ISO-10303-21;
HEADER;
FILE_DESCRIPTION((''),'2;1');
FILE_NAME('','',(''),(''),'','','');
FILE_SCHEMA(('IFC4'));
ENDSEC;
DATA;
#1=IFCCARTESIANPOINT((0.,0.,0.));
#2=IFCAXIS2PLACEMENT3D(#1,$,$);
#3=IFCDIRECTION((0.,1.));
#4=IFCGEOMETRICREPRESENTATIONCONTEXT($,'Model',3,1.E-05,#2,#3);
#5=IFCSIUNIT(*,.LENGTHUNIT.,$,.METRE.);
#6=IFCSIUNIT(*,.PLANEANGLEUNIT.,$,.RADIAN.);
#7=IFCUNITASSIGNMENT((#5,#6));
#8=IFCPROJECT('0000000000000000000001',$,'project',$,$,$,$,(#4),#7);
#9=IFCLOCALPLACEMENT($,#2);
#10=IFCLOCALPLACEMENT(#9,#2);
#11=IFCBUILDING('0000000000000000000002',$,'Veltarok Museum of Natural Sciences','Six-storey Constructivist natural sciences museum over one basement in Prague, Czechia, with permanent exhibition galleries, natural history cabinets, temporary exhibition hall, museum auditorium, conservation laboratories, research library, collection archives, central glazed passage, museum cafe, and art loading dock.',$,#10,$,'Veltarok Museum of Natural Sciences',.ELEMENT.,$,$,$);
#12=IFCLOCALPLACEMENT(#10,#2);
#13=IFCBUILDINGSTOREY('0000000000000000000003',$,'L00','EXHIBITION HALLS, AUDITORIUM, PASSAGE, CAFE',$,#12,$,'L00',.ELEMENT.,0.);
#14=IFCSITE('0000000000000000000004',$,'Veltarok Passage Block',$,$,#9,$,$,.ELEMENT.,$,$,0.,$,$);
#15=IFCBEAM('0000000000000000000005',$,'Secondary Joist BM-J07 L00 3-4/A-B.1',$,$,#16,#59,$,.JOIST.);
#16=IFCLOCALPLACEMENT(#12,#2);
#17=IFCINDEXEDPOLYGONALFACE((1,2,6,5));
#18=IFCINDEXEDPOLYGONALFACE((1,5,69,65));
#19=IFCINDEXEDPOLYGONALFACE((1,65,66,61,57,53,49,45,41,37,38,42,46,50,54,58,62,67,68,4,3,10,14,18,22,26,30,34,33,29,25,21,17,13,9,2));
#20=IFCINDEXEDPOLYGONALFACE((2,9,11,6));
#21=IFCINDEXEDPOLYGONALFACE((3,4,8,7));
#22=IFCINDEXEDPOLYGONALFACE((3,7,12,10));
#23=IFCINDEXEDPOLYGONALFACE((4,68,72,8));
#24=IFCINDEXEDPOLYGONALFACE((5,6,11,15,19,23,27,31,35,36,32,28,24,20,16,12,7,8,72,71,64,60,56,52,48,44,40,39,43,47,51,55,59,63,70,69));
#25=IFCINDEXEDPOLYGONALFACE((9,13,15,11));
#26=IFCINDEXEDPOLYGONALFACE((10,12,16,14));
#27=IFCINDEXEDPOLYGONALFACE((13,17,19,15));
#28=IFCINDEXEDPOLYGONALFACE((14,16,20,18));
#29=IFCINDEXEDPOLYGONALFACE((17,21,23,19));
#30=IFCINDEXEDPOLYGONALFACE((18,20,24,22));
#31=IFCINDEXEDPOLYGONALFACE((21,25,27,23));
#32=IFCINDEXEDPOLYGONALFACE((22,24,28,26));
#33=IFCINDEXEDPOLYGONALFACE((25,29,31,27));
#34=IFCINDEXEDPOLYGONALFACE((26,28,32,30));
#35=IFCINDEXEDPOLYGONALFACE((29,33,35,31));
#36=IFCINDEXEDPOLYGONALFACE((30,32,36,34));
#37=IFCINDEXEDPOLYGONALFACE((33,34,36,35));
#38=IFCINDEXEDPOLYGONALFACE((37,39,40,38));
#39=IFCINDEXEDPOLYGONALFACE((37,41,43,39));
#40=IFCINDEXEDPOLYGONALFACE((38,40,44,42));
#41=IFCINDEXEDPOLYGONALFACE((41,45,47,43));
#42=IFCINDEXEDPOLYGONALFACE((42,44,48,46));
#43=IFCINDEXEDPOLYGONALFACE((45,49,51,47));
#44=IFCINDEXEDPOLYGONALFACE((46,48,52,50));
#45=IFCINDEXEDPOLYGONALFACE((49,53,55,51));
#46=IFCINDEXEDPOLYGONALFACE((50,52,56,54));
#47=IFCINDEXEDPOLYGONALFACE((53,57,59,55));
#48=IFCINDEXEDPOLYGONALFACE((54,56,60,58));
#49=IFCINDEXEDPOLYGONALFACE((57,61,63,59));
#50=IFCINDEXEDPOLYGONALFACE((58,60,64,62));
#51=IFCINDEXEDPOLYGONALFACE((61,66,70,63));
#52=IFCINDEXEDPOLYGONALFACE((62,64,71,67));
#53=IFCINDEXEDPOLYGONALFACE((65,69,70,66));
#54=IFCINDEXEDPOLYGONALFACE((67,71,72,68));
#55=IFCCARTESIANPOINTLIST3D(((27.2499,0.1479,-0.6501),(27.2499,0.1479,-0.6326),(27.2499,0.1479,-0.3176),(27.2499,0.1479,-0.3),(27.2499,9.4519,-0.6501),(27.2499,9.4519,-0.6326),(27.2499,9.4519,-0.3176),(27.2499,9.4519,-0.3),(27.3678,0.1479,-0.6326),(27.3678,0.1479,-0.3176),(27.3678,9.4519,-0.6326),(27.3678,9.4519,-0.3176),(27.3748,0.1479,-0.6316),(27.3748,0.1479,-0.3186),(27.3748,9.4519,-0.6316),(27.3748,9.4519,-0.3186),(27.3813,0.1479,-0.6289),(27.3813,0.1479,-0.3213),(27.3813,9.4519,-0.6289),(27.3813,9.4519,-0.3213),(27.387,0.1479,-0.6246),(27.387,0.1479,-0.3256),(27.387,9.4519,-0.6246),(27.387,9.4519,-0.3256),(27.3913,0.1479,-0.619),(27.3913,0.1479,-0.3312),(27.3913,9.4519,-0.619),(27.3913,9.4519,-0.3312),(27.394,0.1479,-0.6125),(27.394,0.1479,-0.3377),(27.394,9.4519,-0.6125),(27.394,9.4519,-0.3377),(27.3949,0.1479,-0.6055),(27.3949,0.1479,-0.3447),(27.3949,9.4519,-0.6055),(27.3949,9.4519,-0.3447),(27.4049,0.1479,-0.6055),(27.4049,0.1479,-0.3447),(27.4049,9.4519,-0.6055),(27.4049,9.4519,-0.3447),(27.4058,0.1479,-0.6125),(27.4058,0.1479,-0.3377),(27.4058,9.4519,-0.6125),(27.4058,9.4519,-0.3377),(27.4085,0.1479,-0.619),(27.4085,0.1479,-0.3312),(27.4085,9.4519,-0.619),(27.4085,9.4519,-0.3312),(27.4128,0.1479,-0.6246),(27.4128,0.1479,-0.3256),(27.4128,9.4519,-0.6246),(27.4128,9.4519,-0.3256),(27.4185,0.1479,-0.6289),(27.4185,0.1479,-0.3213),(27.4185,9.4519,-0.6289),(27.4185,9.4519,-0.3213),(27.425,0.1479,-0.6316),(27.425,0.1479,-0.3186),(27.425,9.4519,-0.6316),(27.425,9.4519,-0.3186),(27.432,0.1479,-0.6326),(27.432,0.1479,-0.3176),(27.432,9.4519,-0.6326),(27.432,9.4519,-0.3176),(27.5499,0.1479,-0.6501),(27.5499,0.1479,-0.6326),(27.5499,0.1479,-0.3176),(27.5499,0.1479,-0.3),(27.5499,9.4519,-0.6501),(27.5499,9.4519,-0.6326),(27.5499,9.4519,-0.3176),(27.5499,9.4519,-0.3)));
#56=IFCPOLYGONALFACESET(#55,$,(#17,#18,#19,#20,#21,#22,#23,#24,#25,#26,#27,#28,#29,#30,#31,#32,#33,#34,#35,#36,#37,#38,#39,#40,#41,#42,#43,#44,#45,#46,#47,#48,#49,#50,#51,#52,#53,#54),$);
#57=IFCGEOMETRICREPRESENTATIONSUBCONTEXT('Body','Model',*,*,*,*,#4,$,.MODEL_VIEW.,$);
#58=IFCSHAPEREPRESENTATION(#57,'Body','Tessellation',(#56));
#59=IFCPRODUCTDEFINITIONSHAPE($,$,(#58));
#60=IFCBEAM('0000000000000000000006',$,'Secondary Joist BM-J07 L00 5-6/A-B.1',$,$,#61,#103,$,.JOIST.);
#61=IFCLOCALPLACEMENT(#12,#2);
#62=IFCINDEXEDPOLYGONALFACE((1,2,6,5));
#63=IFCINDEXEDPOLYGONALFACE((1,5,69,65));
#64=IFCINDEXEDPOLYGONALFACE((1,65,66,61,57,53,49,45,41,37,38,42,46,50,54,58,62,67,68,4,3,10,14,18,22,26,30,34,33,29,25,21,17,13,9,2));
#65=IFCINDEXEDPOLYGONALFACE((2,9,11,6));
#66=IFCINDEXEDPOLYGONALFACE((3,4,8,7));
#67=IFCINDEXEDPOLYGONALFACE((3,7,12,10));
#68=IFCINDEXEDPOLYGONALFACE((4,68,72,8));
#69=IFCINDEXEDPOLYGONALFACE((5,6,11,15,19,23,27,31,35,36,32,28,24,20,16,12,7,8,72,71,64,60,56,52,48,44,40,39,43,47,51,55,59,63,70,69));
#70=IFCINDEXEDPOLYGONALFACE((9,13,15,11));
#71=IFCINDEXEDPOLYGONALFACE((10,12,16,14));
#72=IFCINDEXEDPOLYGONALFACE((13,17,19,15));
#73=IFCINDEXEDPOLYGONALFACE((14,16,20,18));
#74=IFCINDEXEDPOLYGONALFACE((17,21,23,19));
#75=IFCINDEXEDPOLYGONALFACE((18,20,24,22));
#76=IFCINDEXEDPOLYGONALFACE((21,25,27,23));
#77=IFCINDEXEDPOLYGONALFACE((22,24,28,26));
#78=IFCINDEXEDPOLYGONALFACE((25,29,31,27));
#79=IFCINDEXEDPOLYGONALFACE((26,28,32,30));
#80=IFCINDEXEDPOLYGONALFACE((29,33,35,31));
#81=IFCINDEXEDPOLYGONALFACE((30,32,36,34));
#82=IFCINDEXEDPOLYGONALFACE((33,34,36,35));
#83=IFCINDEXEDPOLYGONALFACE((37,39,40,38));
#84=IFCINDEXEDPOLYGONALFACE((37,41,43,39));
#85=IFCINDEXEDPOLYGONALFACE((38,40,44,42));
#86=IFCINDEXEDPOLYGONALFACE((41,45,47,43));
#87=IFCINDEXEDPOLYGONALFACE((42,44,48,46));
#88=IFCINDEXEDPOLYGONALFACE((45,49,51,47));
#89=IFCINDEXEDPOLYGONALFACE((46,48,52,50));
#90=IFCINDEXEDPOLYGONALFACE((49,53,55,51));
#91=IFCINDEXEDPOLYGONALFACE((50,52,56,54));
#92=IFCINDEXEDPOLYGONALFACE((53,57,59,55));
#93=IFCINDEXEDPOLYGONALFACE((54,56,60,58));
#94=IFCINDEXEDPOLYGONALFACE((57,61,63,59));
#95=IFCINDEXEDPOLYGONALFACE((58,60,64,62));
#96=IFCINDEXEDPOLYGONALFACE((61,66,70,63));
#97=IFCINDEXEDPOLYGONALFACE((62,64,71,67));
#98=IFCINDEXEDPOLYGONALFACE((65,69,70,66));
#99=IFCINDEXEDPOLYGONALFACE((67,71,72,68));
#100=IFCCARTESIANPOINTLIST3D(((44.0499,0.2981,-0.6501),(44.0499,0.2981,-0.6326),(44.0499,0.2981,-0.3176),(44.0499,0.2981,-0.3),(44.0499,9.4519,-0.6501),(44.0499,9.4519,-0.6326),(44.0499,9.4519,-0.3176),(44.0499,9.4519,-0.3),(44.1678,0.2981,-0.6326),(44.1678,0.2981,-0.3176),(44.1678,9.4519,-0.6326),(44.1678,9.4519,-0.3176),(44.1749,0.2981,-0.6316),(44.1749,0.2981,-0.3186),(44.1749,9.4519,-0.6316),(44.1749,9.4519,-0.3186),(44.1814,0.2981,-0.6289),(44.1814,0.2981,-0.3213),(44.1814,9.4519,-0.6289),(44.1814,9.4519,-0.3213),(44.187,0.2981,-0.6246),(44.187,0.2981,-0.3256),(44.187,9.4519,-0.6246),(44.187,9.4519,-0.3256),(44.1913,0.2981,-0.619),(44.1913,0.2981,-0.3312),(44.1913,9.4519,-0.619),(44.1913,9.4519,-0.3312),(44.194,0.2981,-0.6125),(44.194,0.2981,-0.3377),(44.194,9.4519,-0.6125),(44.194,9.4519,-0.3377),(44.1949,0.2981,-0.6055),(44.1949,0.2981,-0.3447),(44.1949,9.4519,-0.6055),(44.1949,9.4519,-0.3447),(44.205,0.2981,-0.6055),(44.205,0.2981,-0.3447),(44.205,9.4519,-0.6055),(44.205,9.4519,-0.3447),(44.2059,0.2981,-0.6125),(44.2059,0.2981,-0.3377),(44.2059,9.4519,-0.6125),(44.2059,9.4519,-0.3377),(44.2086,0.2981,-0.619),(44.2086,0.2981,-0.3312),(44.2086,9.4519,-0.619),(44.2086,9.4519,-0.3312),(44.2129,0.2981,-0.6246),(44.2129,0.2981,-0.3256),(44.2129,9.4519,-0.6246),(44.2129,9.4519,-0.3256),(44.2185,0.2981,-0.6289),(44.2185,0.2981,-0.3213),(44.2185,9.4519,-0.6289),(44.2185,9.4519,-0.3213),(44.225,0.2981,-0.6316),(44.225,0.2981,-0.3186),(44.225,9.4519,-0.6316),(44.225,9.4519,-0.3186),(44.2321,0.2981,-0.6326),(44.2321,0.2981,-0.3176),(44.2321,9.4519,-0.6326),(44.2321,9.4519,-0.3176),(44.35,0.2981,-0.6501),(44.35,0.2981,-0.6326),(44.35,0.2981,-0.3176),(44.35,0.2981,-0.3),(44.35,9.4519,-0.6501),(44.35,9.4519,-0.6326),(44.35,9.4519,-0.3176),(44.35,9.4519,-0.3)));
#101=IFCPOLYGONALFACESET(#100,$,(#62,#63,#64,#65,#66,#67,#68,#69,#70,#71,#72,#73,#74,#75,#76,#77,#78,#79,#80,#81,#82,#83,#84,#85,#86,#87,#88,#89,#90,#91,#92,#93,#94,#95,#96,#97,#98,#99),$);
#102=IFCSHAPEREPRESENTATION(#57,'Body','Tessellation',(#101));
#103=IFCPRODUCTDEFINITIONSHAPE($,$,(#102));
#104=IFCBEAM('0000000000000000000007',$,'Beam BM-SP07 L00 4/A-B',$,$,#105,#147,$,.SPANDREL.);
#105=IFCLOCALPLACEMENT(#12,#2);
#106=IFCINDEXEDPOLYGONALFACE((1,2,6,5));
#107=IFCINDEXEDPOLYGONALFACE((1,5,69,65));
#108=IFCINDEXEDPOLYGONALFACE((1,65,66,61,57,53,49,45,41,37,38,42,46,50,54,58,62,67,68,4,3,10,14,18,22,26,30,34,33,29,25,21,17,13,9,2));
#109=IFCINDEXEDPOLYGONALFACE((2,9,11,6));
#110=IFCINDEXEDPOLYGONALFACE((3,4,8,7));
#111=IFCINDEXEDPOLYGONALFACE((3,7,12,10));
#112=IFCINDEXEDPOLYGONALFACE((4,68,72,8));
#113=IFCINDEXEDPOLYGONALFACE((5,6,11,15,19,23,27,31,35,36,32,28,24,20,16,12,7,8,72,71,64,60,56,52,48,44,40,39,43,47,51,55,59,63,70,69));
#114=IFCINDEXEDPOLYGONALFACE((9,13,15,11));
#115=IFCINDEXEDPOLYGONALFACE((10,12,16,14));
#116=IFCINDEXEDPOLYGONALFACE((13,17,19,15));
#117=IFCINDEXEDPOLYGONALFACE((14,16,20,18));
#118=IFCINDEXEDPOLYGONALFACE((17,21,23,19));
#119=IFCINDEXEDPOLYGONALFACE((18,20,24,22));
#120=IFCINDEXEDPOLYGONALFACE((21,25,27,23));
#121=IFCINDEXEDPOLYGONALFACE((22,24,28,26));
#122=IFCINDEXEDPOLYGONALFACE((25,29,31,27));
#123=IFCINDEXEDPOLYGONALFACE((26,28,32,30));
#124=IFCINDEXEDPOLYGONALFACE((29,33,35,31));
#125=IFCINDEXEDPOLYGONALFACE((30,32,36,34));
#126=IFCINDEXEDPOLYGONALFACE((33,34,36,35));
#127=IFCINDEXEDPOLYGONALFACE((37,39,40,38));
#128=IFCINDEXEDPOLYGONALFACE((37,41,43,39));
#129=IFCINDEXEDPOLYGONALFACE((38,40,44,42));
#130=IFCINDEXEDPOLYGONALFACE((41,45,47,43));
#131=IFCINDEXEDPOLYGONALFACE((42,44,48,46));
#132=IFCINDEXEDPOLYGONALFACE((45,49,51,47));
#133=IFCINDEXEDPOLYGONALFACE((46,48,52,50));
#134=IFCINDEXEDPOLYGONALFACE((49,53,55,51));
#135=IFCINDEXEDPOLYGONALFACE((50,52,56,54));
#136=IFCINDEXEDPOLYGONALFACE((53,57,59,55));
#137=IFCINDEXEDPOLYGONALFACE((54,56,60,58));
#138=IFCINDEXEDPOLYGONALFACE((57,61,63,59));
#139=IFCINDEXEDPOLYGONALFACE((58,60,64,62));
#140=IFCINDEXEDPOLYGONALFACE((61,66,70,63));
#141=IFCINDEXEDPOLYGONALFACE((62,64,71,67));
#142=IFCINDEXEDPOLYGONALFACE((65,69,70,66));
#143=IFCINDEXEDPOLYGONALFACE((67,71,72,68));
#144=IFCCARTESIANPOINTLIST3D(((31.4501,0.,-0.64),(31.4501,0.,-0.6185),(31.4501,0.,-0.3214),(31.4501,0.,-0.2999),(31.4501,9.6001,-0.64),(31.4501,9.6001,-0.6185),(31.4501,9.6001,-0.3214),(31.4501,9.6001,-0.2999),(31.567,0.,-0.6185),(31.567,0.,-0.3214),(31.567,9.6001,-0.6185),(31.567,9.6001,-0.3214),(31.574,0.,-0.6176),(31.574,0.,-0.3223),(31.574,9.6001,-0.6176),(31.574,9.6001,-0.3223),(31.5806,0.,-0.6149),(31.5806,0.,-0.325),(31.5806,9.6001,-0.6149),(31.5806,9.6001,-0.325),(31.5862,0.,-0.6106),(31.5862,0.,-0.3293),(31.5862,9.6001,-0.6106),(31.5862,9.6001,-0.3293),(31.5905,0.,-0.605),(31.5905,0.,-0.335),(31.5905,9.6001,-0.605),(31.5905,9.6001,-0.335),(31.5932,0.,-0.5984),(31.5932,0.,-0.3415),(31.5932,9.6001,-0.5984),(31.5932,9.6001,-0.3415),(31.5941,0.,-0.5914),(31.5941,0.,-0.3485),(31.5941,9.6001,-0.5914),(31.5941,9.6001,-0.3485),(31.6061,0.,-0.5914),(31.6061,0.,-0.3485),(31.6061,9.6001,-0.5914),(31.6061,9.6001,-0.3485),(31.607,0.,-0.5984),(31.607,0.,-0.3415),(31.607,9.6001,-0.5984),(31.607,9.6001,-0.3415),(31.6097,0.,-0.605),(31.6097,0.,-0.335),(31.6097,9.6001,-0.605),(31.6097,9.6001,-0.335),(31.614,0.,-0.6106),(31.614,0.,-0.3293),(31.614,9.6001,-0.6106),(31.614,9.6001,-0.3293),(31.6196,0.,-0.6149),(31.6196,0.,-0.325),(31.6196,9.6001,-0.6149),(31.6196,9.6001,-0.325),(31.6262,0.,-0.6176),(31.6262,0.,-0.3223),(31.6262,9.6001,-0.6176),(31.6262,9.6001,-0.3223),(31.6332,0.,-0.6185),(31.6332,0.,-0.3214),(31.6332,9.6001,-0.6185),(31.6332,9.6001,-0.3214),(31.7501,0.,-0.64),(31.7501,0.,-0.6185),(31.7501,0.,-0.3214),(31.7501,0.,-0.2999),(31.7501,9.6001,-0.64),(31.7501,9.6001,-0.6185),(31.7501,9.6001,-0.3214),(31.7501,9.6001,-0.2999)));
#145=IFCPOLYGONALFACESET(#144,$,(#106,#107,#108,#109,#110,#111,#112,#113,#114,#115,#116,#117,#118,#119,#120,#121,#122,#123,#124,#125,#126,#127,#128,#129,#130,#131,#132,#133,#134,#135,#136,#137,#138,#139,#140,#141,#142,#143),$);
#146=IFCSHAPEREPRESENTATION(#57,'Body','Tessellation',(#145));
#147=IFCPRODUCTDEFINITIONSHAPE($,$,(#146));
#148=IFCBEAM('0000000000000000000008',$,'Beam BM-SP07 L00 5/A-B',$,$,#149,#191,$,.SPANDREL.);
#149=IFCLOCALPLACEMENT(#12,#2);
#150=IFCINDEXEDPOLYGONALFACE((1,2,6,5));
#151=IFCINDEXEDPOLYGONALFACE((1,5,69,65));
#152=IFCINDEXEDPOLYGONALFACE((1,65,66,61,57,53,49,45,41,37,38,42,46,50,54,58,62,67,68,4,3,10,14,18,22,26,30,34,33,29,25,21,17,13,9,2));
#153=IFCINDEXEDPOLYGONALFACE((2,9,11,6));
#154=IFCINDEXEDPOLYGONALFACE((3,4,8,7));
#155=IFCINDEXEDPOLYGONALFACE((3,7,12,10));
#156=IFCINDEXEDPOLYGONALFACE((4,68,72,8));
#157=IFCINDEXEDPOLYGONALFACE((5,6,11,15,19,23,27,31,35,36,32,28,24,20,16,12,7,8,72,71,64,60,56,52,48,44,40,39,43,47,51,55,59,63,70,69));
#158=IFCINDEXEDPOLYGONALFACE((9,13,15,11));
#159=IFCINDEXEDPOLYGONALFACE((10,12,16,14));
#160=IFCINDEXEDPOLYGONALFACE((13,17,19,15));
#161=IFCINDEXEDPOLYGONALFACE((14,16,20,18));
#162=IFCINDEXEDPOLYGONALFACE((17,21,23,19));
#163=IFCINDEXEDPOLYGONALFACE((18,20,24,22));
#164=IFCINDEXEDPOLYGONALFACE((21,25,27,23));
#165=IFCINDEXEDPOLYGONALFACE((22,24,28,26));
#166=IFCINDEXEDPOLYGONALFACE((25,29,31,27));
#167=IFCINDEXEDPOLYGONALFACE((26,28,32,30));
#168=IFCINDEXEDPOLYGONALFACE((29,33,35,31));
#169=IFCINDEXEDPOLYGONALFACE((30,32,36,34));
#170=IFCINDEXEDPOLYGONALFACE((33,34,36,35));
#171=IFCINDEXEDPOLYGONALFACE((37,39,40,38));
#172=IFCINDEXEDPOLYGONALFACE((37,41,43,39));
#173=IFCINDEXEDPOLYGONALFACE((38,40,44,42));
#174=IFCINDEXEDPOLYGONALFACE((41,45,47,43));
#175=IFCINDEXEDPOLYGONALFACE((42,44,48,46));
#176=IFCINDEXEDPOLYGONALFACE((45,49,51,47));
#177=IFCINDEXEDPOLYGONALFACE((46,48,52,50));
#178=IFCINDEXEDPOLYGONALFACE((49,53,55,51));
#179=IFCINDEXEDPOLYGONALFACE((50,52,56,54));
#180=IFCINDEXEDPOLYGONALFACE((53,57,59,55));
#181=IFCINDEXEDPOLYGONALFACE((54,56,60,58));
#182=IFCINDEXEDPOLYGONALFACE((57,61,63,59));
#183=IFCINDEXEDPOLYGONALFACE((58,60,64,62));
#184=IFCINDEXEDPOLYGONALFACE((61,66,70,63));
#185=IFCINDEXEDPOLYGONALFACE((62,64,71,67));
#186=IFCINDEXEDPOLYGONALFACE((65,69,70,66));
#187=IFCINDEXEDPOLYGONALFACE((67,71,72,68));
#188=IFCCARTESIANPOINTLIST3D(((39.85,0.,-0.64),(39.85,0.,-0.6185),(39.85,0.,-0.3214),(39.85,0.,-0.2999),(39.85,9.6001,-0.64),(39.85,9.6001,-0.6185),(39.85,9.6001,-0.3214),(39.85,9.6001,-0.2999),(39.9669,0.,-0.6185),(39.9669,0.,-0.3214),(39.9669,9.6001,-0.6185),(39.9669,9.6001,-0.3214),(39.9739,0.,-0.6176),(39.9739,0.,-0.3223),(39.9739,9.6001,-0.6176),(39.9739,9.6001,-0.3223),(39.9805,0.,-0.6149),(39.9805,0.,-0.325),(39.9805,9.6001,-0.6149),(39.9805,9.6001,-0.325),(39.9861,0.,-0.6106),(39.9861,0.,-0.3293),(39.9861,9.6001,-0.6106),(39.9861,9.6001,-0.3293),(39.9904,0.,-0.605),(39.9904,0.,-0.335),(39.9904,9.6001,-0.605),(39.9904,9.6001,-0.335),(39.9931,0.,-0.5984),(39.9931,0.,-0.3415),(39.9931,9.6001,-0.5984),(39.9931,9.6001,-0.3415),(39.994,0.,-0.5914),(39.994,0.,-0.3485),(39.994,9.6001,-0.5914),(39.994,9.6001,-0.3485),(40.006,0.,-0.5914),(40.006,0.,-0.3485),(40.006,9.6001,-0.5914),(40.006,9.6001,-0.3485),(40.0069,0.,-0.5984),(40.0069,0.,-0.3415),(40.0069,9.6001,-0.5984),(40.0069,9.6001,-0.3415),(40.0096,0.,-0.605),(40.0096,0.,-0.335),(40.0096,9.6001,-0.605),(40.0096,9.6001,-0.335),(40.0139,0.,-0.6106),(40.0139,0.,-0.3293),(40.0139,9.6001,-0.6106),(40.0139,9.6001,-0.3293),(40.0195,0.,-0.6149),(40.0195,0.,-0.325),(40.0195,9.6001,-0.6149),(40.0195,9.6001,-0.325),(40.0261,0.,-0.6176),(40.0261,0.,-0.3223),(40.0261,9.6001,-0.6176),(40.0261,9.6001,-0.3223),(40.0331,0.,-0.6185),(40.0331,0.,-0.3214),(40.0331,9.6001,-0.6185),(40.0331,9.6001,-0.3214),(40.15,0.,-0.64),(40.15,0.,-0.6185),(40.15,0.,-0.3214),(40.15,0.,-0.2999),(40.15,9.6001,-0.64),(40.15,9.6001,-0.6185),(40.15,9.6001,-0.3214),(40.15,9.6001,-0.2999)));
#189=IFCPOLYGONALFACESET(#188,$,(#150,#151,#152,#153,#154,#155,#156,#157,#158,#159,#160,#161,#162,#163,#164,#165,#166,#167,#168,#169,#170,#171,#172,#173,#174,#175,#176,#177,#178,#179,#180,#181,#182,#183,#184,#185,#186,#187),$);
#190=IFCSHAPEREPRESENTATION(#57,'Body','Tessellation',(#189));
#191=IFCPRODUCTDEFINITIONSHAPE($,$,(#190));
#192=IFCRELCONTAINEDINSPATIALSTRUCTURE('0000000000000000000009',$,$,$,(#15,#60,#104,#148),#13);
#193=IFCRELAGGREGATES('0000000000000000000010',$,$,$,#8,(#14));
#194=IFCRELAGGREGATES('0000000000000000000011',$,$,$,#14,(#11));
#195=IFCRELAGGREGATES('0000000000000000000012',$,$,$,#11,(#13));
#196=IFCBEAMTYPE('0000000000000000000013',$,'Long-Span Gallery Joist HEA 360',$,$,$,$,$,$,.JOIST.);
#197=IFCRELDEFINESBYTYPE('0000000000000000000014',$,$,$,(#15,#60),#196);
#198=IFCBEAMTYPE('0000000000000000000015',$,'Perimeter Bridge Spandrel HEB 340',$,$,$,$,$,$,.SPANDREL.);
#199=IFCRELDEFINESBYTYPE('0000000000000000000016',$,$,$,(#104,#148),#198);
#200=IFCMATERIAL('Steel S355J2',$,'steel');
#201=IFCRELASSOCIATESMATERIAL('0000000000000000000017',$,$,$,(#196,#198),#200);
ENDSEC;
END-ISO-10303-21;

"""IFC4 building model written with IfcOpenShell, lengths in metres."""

from ifc_helpers import new_model, si_unit, direction, frame, origin, origin_2d, place, context, subcontext, project, spatial, i_section, extrude, material, material_profile, profile_set, type_object, element, save


model = new_model("IFC4")

# Units and contexts
model_context = context("Model", 3, precision=1e-05, world=origin(), true_north=direction((0.0, 1.0)))
body_context = subcontext(model_context, "Body", "Model", "MODEL_VIEW")
ifc_project = project(units=[si_unit("LENGTHUNIT", "METRE"), si_unit("PLANEANGLEUNIT", "RADIAN")], contexts=[model_context])

# Site, building, storey
site_placement = place(None, origin())
site = spatial("IfcSite", under=ifc_project, at=site_placement, Name="Veltarok Passage Block", CompositionType="ELEMENT", RefElevation=0.0)
building_placement = place(site_placement, origin())
building = spatial("IfcBuilding", under=site, at=building_placement, Name="Veltarok Museum of Natural Sciences", Description="Six-storey Constructivist natural sciences museum over one basement in Prague, Czechia, with permanent exhibition galleries, natural history cabinets, temporary exhibition hall, museum auditorium, conservation laboratories, research library, collection archives, central glazed passage, museum cafe, and art loading dock.", LongName="Veltarok Museum of Natural Sciences", CompositionType="ELEMENT")
storey_placement = place(building_placement, origin())
storey = spatial("IfcBuildingStorey", under=building, at=storey_placement, Name="L00", Description="EXHIBITION HALLS, AUDITORIUM, PASSAGE, CAFE", LongName="L00", CompositionType="ELEMENT", Elevation=0.0)

# Shared definitions
ifc_material_1 = material(Name="Steel S355J2", Category="steel")

# Beams
ifc_material_profile_1 = material_profile(ifc_material_1, i_section(OverallWidth=0.3, OverallDepth=0.3501, WebThickness=0.01, FlangeThickness=0.0176, FilletRadius=0.0271, at=origin_2d()), Name="HEA 360")
ifc_profile_set_1 = profile_set([ifc_material_profile_1], Name="Steel S355J2")
beam_type_1 = type_object("IfcBeamType", Name="Long-Span Gallery Joist HEA 360", PredefinedType="JOIST", material=ifc_profile_set_1)
beam_1_placement = place(storey_placement, frame((27.3999, 0.1479, -0.4751), z_axis=(0.0, 1.0, 0.0), x_axis=(-1.0, 0.0, 0.0)))
element("IfcBeam", 1, at=beam_1_placement, inside=storey, type_object=beam_type_1, Name="Secondary Joist BM-J07 L00 3-4/A-B.1", PredefinedType="JOIST", context=body_context, shape_type="SweptSolid", body=[
    extrude(i_section(OverallWidth=0.3, OverallDepth=0.3501, WebThickness=0.01, FlangeThickness=0.0176, FilletRadius=0.0271, at=origin_2d()), origin(), (0.0, 0.0, 1.0), 9.304),
])
beam_2_placement = place(storey_placement, frame((44.2, 0.2981, -0.4751), z_axis=(0.0, 1.0, 0.0), x_axis=(-1.0, 0.0, 0.0)))
element("IfcBeam", 2, at=beam_2_placement, inside=storey, type_object=beam_type_1, Name="Secondary Joist BM-J07 L00 5-6/A-B.1", PredefinedType="JOIST", context=body_context, shape_type="SweptSolid", body=[
    extrude(i_section(OverallWidth=0.3, OverallDepth=0.3501, WebThickness=0.01, FlangeThickness=0.0176, FilletRadius=0.0271, at=origin_2d()), origin(), (0.0, 0.0, 1.0), 9.1538),
])
ifc_material_profile_2 = material_profile(ifc_material_1, i_section(OverallWidth=0.3, OverallDepth=0.3401, WebThickness=0.012, FlangeThickness=0.0215, FilletRadius=0.0271, at=origin_2d()), Name="HEB 340")
ifc_profile_set_2 = profile_set([ifc_material_profile_2], Name="Steel S355J2")
beam_type_2 = type_object("IfcBeamType", Name="Perimeter Bridge Spandrel HEB 340", PredefinedType="SPANDREL", material=ifc_profile_set_2)
for number, where, z_axis, x_axis, name in (
    (3, (31.6001, 0.0, -0.47), (0.0, 1.0, 0.0), (-1.0, 0.0, 0.0), "Beam BM-SP07 L00 4/A-B"),
    (4, (40.0, 0.0, -0.47), (0.0, 1.0, 0.0), (-1.0, 0.0, 0.0), "Beam BM-SP07 L00 5/A-B"),
):
    element("IfcBeam", number, at=place(storey_placement, frame(where, z_axis=z_axis, x_axis=x_axis)), inside=storey, type_object=beam_type_2, Name=name, PredefinedType="SPANDREL", context=body_context, shape_type="SweptSolid", body=[
        extrude(i_section(OverallWidth=0.3, OverallDepth=0.3401, WebThickness=0.012, FlangeThickness=0.0215, FilletRadius=0.0271, at=origin_2d()), origin(), (0.0, 0.0, 1.0), 9.6001),
    ])

save(model, "model.ifc")
